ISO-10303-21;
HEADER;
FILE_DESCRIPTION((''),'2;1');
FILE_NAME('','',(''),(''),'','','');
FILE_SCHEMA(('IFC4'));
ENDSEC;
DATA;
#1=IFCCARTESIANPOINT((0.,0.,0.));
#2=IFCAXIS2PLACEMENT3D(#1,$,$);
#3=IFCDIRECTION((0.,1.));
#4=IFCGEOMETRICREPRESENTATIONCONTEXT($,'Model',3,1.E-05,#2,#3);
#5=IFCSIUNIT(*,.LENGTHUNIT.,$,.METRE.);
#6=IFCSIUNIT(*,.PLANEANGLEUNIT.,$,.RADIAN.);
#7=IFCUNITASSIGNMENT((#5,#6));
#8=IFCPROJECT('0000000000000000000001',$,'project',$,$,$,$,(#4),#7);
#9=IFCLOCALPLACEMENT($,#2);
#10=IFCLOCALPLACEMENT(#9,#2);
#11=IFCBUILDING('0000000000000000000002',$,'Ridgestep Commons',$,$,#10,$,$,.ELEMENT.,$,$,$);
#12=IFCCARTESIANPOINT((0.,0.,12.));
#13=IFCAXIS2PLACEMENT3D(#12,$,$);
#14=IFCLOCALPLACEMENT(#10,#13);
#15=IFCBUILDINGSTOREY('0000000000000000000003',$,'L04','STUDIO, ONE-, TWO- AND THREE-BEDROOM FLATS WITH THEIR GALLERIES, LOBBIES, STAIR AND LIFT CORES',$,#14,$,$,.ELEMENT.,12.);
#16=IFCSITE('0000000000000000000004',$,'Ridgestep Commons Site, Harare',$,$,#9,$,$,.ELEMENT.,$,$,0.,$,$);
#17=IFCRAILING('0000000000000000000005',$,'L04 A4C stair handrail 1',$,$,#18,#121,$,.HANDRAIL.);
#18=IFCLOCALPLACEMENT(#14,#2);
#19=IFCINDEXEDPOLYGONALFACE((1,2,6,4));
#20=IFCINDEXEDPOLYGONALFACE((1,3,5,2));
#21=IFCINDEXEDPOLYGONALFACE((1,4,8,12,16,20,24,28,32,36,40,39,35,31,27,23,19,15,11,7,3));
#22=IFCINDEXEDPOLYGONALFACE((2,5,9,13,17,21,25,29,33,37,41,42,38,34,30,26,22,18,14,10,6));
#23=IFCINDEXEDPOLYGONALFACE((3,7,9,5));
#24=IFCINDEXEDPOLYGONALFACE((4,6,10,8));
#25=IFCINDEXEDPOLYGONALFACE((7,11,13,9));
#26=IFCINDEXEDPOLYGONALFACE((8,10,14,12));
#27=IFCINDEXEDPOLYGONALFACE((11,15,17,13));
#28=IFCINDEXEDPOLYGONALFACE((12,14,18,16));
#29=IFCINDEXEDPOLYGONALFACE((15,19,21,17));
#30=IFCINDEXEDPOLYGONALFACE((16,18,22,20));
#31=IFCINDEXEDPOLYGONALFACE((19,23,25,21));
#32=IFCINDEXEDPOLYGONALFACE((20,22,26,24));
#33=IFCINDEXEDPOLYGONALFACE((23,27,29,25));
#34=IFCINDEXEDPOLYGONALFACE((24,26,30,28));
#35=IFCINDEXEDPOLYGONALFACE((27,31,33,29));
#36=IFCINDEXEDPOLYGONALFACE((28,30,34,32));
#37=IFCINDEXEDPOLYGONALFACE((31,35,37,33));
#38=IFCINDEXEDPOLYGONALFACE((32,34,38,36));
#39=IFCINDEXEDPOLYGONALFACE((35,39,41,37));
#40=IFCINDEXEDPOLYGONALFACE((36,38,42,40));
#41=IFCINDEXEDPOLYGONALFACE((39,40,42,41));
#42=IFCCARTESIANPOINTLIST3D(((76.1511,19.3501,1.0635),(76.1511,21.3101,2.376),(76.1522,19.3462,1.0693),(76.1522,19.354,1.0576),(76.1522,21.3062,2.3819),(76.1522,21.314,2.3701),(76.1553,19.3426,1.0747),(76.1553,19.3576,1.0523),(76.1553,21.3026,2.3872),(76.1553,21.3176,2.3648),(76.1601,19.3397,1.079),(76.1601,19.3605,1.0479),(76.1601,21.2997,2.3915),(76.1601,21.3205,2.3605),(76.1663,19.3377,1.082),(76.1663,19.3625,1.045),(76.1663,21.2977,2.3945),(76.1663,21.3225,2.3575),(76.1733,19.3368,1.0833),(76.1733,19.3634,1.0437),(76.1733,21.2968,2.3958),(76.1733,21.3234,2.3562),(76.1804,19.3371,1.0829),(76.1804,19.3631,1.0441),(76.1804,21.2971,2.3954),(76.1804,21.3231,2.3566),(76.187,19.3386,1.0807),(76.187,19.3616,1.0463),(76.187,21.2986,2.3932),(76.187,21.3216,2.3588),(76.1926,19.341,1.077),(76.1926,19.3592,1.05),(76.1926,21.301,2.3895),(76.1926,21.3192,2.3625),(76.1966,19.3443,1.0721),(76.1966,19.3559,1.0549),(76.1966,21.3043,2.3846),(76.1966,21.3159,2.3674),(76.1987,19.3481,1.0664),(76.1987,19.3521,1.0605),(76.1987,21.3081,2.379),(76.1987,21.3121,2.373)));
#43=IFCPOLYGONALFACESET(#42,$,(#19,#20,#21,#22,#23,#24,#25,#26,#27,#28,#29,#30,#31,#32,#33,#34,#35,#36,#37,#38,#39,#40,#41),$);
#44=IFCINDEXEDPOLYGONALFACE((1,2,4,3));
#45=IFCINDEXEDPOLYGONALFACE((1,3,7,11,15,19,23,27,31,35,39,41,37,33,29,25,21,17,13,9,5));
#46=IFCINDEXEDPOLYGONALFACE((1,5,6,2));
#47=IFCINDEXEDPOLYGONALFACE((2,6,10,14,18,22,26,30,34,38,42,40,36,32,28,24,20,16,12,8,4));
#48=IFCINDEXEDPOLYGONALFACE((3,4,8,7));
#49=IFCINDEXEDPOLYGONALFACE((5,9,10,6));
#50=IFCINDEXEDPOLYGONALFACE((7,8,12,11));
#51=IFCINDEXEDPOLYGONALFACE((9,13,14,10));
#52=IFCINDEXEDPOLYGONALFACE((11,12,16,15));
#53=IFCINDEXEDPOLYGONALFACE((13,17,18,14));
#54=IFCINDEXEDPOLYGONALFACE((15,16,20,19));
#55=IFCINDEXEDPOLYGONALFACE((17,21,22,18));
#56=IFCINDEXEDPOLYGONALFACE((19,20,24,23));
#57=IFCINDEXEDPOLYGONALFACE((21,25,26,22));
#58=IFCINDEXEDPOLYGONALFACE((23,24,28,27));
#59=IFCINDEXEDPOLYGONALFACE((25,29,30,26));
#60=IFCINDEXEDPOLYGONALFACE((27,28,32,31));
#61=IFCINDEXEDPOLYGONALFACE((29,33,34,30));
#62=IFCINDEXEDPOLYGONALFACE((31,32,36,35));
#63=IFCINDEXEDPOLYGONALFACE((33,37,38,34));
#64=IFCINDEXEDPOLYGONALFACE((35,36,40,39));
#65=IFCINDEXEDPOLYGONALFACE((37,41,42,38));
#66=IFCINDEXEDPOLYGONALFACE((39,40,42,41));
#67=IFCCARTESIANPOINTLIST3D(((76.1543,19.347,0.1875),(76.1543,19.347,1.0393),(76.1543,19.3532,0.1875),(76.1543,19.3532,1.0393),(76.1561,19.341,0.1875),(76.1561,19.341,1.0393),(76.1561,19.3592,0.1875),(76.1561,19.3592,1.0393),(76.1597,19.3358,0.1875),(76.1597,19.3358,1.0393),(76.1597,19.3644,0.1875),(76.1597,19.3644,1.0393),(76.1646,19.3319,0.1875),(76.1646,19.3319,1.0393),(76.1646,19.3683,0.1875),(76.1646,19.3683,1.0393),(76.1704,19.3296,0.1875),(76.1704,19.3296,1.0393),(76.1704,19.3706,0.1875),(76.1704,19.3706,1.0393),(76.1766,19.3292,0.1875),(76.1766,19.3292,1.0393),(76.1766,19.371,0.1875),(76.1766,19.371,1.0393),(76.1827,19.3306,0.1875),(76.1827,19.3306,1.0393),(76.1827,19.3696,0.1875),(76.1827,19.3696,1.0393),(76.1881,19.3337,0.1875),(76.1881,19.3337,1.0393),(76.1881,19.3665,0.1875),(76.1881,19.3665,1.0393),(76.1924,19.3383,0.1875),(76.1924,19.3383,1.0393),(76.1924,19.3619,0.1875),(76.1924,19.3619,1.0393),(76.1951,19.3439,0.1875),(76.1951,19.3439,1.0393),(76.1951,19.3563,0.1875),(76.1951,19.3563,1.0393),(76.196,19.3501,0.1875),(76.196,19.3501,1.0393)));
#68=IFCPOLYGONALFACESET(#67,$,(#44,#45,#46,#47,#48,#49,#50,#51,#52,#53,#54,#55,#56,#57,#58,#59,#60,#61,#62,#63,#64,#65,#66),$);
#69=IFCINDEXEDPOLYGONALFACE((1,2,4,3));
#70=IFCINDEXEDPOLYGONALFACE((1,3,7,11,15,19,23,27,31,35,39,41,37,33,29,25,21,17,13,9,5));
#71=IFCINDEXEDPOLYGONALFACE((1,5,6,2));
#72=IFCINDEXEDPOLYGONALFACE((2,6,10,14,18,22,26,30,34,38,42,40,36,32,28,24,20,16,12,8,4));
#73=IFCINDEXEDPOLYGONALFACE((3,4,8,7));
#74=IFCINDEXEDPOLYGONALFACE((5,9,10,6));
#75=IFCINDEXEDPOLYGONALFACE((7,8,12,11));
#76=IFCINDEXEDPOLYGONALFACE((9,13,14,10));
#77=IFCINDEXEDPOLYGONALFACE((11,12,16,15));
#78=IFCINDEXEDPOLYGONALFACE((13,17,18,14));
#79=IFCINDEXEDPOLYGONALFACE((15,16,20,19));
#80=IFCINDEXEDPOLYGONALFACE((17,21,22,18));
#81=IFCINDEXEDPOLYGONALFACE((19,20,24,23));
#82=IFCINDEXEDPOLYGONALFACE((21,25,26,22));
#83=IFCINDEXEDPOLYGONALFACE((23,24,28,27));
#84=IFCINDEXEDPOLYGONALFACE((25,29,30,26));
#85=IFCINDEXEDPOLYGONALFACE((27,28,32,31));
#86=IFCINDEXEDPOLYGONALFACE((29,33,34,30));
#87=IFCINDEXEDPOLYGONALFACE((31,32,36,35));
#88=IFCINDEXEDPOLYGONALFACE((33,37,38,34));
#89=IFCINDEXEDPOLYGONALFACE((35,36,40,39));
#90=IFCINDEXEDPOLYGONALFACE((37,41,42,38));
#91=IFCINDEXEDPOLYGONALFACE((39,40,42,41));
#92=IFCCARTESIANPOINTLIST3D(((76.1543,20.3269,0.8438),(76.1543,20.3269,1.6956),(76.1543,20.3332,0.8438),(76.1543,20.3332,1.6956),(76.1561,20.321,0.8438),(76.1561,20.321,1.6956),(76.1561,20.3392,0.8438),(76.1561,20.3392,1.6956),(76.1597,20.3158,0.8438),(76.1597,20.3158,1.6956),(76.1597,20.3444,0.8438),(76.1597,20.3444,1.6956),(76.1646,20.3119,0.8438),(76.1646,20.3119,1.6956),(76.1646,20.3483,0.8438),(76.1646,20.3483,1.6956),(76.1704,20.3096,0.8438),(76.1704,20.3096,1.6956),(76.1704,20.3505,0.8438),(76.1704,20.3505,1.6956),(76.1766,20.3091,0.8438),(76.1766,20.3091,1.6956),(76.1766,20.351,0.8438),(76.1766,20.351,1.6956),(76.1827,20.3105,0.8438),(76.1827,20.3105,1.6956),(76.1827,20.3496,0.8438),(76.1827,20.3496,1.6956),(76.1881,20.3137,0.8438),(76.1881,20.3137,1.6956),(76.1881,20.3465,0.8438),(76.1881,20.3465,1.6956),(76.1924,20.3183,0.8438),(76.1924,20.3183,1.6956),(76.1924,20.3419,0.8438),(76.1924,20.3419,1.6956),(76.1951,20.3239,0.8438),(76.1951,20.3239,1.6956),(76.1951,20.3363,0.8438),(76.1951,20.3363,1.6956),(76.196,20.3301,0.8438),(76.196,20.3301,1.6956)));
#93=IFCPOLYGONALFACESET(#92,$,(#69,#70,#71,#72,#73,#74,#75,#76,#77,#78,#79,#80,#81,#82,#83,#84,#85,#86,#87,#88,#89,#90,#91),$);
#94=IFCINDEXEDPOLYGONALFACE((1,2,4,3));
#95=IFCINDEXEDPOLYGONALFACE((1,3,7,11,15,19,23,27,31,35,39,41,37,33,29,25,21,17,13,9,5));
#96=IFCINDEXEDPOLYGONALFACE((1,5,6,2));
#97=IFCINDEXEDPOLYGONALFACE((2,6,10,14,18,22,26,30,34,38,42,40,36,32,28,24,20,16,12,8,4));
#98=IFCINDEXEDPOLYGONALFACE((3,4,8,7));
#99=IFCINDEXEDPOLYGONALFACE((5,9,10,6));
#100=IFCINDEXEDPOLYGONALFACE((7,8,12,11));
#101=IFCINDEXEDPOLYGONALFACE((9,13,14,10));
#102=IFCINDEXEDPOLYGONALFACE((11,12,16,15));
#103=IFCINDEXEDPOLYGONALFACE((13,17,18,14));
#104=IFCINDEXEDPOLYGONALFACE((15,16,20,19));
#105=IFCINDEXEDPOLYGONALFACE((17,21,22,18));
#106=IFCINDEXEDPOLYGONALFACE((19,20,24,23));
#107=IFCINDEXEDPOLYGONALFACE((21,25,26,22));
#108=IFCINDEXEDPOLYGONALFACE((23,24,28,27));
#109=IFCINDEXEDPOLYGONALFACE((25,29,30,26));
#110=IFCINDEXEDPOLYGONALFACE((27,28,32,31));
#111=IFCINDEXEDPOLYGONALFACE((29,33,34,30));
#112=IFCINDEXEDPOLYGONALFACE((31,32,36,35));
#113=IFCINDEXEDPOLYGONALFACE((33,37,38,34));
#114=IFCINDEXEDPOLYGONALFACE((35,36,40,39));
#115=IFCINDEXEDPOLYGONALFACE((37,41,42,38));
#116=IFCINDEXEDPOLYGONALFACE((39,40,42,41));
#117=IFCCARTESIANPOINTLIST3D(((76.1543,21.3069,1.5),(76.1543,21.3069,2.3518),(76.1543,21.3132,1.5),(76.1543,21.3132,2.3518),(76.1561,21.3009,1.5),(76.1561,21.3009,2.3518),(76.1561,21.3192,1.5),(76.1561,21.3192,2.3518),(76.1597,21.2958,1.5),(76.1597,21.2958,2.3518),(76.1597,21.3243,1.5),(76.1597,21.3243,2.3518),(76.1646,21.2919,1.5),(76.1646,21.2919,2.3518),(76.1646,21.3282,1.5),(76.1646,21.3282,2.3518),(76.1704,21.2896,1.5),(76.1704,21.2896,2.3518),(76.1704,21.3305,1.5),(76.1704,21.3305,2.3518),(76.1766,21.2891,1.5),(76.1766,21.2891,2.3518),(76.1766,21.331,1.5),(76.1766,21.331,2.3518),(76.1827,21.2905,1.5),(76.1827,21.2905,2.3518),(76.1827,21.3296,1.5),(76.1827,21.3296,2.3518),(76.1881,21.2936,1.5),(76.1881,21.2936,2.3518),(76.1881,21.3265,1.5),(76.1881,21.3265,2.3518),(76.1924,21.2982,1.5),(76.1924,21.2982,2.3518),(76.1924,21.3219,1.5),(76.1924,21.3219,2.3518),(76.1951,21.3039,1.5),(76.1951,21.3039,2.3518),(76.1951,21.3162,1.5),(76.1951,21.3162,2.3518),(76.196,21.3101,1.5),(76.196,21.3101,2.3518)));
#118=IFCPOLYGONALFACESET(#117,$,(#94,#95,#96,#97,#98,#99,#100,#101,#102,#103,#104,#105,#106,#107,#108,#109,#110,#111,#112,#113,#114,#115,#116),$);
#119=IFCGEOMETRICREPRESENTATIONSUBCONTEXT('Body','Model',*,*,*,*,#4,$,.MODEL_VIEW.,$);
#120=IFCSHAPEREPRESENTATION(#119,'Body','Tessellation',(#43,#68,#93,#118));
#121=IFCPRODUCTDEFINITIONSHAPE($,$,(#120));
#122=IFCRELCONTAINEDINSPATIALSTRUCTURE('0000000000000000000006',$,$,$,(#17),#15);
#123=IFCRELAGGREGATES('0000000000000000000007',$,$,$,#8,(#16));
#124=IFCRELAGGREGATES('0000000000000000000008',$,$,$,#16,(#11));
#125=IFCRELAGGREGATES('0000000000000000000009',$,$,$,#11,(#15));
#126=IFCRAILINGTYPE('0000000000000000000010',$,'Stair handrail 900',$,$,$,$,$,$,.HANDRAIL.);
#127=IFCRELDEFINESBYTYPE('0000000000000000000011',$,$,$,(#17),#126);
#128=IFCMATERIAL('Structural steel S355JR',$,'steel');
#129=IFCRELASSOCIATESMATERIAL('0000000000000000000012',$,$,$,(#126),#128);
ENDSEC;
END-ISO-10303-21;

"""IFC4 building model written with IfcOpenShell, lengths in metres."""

from ifc_helpers import new_model, si_unit, direction, frame, origin, origin_2d, place, context, subcontext, project, spatial, circle, extrude, material, type_object, element, save


model = new_model("IFC4")

# Units and contexts
model_context = context("Model", 3, precision=1e-05, world=origin(), true_north=direction((0.0, 1.0)))
body_context = subcontext(model_context, "Body", "Model", "MODEL_VIEW")
ifc_project = project(units=[si_unit("LENGTHUNIT", "METRE"), si_unit("PLANEANGLEUNIT", "RADIAN")], contexts=[model_context])

# Site, building, storey
site_placement = place(None, origin())
site = spatial("IfcSite", under=ifc_project, at=site_placement, Name="Ridgestep Commons Site, Harare", CompositionType="ELEMENT", RefElevation=0.0)
building_placement = place(site_placement, origin())
building = spatial("IfcBuilding", under=site, at=building_placement, Name="Ridgestep Commons", CompositionType="ELEMENT")
storey_placement = place(building_placement, frame((0.0, 0.0, 12.0)))
storey = spatial("IfcBuildingStorey", under=building, at=storey_placement, Name="L04", Description="STUDIO, ONE-, TWO- AND THREE-BEDROOM FLATS WITH THEIR GALLERIES, LOBBIES, STAIR AND LIFT CORES", CompositionType="ELEMENT", Elevation=12.0)

# Railing
ifc_material_1 = material(Name="Structural steel S355JR", Category="steel")
railing_type_1 = type_object("IfcRailingType", Name="Stair handrail 900", PredefinedType="HANDRAIL", material=ifc_material_1)
railing_1_placement = place(storey_placement, frame((76.175, 19.3501, 0.1875)))
element("IfcRailing", 1, at=railing_1_placement, inside=storey, type_object=railing_type_1, Name="L04 A4C stair handrail 1", PredefinedType="HANDRAIL", context=body_context, shape_type="SweptSolid", body=[
    extrude(circle(Radius=0.0239, at=origin_2d()), frame((0.0, 0.0, 0.876), z_axis=(0.0, 0.830902, 0.556419), x_axis=(-1.0, 0.0, 0.0)), (0.0, 0.0, 1.0), 2.3589),
    extrude(circle(Radius=0.021, at=origin_2d()), origin(), (0.0, 0.0, 1.0), 0.8518),
    extrude(circle(Radius=0.021, at=origin_2d()), frame((0.0, 0.98, 0.6562)), (0.0, 0.0, 1.0), 0.8518),
    extrude(circle(Radius=0.021, at=origin_2d()), frame((0.0, 1.96, 1.3125)), (0.0, 0.0, 1.0), 0.8518),
])

save(model, "model.ifc")
